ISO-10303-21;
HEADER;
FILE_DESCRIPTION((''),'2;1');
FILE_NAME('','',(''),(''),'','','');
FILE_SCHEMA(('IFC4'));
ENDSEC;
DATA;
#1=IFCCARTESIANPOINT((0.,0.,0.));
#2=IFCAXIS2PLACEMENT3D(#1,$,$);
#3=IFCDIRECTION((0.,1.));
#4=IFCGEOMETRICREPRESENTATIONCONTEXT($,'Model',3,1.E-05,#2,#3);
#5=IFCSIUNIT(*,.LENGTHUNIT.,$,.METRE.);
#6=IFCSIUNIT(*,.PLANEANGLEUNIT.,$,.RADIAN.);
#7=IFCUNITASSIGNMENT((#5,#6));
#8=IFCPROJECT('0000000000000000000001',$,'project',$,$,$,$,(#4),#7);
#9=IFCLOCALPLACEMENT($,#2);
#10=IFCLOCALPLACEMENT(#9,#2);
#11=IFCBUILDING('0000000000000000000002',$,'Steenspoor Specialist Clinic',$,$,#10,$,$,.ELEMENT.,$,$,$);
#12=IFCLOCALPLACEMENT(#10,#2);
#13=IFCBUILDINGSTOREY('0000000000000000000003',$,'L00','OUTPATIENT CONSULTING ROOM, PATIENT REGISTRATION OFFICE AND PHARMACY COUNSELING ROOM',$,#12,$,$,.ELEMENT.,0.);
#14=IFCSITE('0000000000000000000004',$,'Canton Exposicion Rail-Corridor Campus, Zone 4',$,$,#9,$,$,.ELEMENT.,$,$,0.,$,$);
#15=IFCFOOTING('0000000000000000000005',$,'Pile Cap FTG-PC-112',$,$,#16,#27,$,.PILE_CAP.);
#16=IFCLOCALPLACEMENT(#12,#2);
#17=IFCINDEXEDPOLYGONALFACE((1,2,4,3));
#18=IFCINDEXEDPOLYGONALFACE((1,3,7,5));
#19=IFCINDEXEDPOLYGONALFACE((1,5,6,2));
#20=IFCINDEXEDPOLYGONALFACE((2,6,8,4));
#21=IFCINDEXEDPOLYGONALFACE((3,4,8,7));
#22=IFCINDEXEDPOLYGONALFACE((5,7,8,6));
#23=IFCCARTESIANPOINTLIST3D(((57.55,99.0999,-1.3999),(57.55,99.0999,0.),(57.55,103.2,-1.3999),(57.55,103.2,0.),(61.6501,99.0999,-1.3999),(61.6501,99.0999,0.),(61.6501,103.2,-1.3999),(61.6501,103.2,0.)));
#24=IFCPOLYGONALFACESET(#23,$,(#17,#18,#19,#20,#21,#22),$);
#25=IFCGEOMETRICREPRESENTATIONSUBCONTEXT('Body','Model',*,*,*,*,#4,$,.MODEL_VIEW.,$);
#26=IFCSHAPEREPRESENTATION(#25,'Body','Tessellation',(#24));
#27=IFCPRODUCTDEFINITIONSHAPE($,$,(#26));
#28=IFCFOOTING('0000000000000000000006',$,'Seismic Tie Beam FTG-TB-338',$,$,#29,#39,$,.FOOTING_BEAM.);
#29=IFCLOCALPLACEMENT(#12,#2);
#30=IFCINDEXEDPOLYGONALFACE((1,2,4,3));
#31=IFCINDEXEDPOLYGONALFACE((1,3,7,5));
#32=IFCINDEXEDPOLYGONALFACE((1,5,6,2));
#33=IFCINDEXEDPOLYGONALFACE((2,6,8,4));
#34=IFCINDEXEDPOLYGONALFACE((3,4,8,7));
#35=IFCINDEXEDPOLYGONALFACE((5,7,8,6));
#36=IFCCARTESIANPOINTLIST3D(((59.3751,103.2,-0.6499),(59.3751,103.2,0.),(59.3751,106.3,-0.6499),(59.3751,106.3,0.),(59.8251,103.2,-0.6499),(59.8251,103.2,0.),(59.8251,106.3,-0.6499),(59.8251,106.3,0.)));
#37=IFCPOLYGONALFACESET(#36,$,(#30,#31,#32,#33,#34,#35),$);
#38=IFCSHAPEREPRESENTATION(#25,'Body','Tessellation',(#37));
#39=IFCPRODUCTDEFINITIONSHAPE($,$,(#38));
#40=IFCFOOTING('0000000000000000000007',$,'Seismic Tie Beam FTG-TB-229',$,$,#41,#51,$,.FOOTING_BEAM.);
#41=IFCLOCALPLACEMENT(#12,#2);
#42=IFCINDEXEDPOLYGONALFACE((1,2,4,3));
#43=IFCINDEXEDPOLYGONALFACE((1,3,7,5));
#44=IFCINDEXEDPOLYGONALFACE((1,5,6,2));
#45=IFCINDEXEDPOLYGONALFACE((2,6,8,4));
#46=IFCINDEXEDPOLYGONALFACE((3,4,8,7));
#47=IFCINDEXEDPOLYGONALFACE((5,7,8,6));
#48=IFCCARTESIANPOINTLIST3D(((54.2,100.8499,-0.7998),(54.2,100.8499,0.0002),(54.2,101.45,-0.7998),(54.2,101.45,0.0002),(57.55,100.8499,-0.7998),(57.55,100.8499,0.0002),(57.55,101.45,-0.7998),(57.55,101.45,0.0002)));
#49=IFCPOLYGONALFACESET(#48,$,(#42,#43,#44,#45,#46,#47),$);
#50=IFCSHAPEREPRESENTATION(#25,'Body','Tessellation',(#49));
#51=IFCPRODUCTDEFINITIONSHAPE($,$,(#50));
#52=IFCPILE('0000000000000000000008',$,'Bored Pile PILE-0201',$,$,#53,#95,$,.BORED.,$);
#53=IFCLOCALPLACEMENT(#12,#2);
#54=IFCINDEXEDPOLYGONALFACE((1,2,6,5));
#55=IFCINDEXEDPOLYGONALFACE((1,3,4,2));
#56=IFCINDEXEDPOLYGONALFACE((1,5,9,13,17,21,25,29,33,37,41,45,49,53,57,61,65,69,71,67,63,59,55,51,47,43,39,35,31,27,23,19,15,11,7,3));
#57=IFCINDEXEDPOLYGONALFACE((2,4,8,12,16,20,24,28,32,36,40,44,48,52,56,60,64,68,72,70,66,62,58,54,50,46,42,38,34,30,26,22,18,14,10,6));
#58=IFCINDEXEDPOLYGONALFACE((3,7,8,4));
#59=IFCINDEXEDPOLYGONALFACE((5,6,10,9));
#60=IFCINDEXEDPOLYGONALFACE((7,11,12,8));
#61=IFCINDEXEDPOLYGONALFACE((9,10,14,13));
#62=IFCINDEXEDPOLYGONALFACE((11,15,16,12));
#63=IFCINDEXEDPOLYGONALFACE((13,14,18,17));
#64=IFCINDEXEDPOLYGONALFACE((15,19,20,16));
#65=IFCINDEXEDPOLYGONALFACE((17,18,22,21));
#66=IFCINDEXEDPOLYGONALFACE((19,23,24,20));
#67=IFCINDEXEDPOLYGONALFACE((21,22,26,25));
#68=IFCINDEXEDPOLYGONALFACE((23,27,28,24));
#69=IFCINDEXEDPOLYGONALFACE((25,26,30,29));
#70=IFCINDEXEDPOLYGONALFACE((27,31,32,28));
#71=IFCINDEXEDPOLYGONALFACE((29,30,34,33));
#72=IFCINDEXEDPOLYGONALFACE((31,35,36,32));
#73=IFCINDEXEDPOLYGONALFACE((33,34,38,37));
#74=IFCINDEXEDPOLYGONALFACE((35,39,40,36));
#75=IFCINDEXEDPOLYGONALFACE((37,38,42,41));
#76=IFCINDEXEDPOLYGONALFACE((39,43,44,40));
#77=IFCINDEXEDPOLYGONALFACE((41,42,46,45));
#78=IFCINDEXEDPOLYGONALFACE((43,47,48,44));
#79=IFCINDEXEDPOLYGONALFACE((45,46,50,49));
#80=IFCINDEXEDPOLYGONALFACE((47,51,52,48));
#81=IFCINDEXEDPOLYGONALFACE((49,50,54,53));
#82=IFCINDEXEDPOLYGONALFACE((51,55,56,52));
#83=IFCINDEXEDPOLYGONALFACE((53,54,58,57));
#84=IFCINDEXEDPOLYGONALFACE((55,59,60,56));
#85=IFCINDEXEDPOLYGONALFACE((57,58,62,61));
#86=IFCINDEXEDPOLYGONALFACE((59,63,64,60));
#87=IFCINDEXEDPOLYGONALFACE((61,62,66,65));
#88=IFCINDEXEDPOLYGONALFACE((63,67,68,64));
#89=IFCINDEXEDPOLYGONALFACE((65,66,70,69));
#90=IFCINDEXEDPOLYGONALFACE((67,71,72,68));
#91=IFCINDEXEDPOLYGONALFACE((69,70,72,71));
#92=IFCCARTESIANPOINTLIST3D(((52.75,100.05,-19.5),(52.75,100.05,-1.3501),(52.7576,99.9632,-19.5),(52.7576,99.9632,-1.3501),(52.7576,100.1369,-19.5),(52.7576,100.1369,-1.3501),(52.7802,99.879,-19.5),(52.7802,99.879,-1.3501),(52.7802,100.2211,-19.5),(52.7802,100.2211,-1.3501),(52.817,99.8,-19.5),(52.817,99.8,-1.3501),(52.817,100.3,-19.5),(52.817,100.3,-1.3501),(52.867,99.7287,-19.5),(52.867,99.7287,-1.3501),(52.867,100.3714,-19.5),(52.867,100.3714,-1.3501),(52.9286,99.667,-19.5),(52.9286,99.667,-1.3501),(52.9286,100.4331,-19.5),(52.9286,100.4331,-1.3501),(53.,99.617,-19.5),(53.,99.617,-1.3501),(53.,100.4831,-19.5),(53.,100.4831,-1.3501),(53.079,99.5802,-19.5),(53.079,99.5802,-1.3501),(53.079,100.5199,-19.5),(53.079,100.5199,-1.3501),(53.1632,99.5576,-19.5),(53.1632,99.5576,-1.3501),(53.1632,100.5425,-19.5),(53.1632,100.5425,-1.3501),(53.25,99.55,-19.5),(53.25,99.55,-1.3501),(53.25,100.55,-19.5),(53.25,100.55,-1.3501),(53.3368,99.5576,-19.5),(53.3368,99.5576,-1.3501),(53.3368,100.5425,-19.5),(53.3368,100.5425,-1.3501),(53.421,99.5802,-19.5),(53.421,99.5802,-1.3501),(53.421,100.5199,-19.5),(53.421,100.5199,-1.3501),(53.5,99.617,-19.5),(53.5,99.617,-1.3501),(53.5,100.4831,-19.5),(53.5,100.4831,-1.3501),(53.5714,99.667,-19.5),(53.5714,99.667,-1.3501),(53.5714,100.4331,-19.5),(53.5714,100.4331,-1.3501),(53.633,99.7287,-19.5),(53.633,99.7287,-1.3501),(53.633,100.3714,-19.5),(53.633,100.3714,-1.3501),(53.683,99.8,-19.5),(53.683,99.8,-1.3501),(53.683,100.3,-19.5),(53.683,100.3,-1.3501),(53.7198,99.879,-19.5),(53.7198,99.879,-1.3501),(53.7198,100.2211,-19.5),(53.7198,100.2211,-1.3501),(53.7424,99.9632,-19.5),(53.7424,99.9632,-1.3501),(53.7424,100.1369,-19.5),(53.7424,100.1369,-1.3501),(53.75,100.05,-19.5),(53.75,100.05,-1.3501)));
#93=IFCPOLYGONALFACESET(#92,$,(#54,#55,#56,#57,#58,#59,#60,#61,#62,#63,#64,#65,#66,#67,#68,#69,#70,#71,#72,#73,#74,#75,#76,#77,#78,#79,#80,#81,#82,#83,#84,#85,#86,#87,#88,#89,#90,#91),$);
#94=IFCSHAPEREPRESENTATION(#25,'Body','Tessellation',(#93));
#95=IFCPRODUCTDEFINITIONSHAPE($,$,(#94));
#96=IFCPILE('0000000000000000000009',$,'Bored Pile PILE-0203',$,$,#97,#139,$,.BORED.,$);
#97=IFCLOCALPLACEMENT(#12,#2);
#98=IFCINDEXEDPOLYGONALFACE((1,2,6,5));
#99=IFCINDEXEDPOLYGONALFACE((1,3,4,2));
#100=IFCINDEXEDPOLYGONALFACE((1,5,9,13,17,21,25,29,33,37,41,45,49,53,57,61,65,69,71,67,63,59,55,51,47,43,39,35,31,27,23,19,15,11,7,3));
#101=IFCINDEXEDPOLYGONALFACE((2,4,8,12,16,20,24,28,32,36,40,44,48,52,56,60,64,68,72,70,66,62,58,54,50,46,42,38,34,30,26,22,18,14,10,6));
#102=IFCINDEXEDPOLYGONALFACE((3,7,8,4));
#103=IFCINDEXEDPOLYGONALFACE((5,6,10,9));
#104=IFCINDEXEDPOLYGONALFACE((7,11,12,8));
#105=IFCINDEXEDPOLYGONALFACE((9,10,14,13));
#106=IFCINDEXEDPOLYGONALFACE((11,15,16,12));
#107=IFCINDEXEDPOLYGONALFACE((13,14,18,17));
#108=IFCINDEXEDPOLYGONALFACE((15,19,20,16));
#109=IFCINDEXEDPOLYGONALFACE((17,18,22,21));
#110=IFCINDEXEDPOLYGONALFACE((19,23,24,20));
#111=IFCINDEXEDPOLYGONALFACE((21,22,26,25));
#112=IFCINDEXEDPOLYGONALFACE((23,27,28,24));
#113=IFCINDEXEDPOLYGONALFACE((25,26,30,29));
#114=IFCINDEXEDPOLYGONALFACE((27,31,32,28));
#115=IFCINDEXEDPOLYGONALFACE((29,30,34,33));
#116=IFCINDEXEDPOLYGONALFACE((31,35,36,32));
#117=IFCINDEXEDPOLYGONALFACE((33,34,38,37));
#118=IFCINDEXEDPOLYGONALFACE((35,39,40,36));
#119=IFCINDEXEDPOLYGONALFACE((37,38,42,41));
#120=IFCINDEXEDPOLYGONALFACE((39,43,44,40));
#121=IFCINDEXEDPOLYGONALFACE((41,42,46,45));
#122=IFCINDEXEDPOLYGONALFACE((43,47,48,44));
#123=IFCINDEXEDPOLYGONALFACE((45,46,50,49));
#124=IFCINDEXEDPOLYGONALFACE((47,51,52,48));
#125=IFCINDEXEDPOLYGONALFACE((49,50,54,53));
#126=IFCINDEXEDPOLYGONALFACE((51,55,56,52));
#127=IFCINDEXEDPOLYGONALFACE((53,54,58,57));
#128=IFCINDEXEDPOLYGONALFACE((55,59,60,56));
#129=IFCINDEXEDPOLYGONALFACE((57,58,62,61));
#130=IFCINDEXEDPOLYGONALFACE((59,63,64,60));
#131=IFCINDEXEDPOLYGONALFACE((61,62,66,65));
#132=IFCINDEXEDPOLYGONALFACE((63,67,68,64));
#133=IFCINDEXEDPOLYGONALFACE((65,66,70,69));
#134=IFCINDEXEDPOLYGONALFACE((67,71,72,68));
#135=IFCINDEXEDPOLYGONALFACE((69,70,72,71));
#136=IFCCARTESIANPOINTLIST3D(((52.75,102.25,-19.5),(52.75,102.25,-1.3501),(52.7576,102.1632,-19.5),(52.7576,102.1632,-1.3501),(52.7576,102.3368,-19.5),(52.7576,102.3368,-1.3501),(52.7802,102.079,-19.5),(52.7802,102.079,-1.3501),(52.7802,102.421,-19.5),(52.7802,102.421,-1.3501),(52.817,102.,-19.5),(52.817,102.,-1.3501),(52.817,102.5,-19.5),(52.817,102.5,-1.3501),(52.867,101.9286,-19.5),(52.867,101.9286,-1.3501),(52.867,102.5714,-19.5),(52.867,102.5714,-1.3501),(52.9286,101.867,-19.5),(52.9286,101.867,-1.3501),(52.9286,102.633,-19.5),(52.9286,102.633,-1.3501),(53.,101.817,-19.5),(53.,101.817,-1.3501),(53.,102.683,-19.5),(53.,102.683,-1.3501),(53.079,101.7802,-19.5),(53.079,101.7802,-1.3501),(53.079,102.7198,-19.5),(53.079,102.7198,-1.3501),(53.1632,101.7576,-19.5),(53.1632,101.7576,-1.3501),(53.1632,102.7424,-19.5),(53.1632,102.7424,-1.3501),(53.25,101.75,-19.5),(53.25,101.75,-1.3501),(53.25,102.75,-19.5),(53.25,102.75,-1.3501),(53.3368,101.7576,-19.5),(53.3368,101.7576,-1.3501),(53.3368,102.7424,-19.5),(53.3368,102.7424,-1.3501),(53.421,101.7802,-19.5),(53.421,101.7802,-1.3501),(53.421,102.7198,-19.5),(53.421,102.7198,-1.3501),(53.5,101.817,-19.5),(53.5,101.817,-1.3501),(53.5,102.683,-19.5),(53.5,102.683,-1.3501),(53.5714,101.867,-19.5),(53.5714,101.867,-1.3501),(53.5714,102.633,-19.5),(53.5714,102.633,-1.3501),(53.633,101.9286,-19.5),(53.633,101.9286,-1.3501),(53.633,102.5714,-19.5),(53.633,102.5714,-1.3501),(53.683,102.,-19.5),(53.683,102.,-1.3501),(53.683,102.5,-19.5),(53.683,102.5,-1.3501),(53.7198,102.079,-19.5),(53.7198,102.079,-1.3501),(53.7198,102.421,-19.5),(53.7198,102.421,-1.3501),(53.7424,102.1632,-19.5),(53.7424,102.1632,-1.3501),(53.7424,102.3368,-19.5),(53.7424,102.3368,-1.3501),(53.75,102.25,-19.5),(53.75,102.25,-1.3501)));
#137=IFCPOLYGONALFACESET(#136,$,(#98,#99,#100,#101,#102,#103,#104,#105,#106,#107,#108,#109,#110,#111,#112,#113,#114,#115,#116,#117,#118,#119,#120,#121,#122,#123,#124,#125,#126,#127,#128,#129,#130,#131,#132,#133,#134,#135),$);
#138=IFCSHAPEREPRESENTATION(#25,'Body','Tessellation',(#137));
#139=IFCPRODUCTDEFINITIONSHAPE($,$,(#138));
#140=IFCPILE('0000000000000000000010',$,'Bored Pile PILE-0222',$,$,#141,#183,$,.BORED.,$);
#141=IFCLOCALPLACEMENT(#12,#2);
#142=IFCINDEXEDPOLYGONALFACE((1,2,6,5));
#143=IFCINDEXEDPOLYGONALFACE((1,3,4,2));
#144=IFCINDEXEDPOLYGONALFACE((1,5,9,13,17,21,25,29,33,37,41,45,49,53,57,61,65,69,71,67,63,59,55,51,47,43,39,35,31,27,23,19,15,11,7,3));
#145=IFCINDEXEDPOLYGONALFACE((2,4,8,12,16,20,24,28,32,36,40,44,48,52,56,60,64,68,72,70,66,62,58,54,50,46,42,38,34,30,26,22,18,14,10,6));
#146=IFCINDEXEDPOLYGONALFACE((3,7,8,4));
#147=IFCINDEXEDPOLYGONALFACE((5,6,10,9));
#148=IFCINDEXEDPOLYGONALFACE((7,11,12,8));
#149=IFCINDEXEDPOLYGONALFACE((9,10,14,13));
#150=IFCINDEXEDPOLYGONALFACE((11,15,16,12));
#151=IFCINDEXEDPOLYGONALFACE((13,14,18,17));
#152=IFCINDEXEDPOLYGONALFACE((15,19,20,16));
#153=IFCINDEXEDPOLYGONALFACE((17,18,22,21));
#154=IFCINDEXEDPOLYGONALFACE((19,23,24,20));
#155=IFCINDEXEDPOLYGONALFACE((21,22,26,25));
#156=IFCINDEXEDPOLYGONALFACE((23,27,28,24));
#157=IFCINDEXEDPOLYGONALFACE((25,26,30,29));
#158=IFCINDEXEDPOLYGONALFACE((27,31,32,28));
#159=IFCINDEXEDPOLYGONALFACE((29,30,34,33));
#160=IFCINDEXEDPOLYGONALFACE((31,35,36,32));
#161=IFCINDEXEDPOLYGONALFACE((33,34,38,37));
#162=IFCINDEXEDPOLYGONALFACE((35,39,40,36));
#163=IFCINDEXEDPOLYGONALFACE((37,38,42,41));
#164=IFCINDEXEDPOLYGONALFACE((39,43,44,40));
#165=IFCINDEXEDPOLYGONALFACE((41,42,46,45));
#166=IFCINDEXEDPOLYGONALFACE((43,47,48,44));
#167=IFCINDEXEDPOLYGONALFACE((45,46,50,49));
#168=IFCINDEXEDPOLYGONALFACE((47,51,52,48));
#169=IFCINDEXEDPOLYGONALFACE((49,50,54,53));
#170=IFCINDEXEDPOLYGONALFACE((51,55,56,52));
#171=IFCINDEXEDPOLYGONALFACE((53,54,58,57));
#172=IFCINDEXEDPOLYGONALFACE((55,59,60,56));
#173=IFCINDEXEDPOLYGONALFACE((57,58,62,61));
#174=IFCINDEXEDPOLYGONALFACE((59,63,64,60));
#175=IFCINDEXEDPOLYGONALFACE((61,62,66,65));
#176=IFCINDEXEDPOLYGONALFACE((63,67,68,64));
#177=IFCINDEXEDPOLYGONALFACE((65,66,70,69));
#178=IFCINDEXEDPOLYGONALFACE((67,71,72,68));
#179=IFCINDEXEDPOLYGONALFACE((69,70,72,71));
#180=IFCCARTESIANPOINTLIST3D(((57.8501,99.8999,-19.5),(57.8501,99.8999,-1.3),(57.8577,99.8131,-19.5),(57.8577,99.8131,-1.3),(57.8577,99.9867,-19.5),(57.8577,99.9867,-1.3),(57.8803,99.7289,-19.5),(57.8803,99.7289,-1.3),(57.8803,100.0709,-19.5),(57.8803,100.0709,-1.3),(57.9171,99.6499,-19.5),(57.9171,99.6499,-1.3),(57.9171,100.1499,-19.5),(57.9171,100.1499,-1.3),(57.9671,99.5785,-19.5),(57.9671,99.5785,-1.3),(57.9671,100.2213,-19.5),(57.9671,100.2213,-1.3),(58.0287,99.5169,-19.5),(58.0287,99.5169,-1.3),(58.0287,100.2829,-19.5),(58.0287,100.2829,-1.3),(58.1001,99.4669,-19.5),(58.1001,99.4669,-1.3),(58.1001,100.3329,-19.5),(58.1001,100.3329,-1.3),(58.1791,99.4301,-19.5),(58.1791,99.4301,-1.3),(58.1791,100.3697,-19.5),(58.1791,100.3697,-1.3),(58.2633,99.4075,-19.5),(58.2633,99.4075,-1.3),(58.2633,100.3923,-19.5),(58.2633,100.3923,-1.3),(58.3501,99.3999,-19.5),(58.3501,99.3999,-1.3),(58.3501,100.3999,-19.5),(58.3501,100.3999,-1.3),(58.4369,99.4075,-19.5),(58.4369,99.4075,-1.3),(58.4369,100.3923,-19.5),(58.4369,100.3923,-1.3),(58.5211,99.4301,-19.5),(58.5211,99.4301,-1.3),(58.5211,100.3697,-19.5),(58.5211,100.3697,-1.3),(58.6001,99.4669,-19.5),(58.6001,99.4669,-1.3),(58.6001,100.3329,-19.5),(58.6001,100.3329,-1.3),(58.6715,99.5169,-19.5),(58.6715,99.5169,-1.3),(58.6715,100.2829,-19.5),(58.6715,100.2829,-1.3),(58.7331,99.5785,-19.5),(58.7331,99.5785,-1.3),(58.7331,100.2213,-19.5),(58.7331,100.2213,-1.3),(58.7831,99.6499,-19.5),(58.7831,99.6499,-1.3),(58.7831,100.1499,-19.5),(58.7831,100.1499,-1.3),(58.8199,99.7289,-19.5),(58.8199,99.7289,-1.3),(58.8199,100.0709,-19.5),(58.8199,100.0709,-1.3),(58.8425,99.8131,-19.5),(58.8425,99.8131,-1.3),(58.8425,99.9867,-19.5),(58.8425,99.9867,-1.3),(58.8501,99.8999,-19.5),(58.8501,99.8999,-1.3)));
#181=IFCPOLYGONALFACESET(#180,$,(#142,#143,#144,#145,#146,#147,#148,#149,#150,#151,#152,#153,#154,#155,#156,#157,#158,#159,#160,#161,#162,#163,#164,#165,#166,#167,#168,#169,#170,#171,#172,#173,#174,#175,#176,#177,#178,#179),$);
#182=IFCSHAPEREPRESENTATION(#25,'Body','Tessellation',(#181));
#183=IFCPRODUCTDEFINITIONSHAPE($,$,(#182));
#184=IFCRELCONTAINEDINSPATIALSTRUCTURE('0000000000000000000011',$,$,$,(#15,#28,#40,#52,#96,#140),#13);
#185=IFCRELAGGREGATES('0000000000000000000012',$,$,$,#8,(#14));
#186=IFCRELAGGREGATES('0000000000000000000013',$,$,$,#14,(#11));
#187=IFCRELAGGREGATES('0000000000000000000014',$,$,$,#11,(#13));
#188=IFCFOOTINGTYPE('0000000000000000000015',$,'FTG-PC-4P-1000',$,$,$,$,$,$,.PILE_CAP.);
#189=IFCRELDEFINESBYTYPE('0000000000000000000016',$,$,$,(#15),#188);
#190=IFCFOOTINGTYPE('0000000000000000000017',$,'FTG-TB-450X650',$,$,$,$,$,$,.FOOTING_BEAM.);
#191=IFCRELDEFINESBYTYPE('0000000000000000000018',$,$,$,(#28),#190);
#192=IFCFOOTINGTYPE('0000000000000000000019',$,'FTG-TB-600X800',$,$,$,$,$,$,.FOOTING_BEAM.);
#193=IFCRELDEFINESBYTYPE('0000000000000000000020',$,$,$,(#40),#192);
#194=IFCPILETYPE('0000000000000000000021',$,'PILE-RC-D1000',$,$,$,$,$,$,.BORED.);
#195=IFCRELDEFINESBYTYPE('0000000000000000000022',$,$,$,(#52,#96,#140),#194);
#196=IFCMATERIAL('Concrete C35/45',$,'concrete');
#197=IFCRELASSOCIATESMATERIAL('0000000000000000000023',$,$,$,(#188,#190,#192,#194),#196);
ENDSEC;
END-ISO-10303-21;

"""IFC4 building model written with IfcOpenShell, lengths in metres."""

from ifc_helpers import new_model, si_unit, direction, frame, origin, origin_2d, place, context, subcontext, project, spatial, rectangle, circle, extrude, material, material_profile, profile_set, type_object, element, save


model = new_model("IFC4")

# Units and contexts
model_context = context("Model", 3, precision=1e-05, world=origin(), true_north=direction((0.0, 1.0)))
body_context = subcontext(model_context, "Body", "Model", "MODEL_VIEW")
ifc_project = project(units=[si_unit("LENGTHUNIT", "METRE"), si_unit("PLANEANGLEUNIT", "RADIAN")], contexts=[model_context])

# Site, building, storey
site_placement = place(None, origin())
site = spatial("IfcSite", under=ifc_project, at=site_placement, Name="Canton Exposicion Rail-Corridor Campus, Zone 4", CompositionType="ELEMENT", RefElevation=0.0)
building_placement = place(site_placement, origin())
building = spatial("IfcBuilding", under=site, at=building_placement, Name="Steenspoor Specialist Clinic", CompositionType="ELEMENT")
storey_placement = place(building_placement, origin())
storey = spatial("IfcBuildingStorey", under=building, at=storey_placement, Name="L00", Description="OUTPATIENT CONSULTING ROOM, PATIENT REGISTRATION OFFICE AND PHARMACY COUNSELING ROOM", CompositionType="ELEMENT", Elevation=0.0)

# Footings
ifc_material_1 = material(Name="Concrete C35/45", Category="concrete")
footing_type_1 = type_object("IfcFootingType", Name="FTG-PC-4P-1000", PredefinedType="PILE_CAP", material=ifc_material_1)
footing_1_placement = place(storey_placement, frame((59.6001, 101.1499, -1.3999), z_axis=(0.0, 0.0, 1.0), x_axis=(1.0, 0.0, 0.0)))
element("IfcFooting", 1, at=footing_1_placement, inside=storey, type_object=footing_type_1, Name="Pile Cap FTG-PC-112", PredefinedType="PILE_CAP", context=body_context, shape_type="SweptSolid", body=[
    extrude(rectangle(XDim=4.1001, YDim=4.1001, at=origin_2d()), origin(), (0.0, 0.0, 1.0), 1.3999),
])
footing_type_2 = type_object("IfcFootingType", Name="FTG-TB-450X650", PredefinedType="FOOTING_BEAM", material=ifc_material_1)
footing_2_placement = place(storey_placement, frame((59.6001, 104.75, -0.6499), z_axis=(0.0, 0.0, 1.0), x_axis=(1.0, 0.0, 0.0)))
element("IfcFooting", 2, at=footing_2_placement, inside=storey, type_object=footing_type_2, Name="Seismic Tie Beam FTG-TB-338", PredefinedType="FOOTING_BEAM", context=body_context, shape_type="SweptSolid", body=[
    extrude(rectangle(XDim=0.45, YDim=3.1001, at=origin_2d()), origin(), (0.0, 0.0, 1.0), 0.6499),
])
footing_type_3 = type_object("IfcFootingType", Name="FTG-TB-600X800", PredefinedType="FOOTING_BEAM", material=ifc_material_1)
footing_3_placement = place(storey_placement, frame((55.875, 101.1499, -0.7998), z_axis=(0.0, 0.0, 1.0), x_axis=(1.0, 0.0, 0.0)))
element("IfcFooting", 3, at=footing_3_placement, inside=storey, type_object=footing_type_3, Name="Seismic Tie Beam FTG-TB-229", PredefinedType="FOOTING_BEAM", context=body_context, shape_type="SweptSolid", body=[
    extrude(rectangle(XDim=3.3501, YDim=0.6001, at=origin_2d()), origin(), (0.0, 0.0, 1.0), 0.8),
])

# Piles
ifc_material_profile_1 = material_profile(ifc_material_1, circle(Radius=0.5, at=origin_2d()), Name="PILE-D1000")
ifc_profile_set_1 = profile_set([ifc_material_profile_1], Name="Concrete C35/45")
pile_type = type_object("IfcPileType", Name="PILE-RC-D1000", PredefinedType="BORED", material=ifc_profile_set_1)
for number, where, z_axis, x_axis, name in (
    (4, (53.25, 100.05, -1.3501), (0.0, 0.0, -1.0), (1.0, 0.0, 0.0), "Bored Pile PILE-0201"),
    (5, (53.25, 102.25, -1.3501), (0.0, 0.0, -1.0), (1.0, 0.0, 0.0), "Bored Pile PILE-0203"),
):
    element("IfcPile", number, at=place(storey_placement, frame(where, z_axis=z_axis, x_axis=x_axis)), inside=storey, type_object=pile_type, Name=name, PredefinedType="BORED", context=body_context, shape_type="SweptSolid", body=[
        extrude(circle(Radius=0.5, at=origin_2d()), origin(), (0.0, 0.0, 1.0), 18.1499),
    ])
for number, where, z_axis, x_axis, name in (
    (6, (58.3501, 99.8999, -1.3), (0.0, 0.0, -1.0), (1.0, 0.0, 0.0), "Bored Pile PILE-0222"),
):
    element("IfcPile", number, at=place(storey_placement, frame(where, z_axis=z_axis, x_axis=x_axis)), inside=storey, type_object=pile_type, Name=name, PredefinedType="BORED", context=body_context, shape_type="SweptSolid", body=[
        extrude(circle(Radius=0.5, at=origin_2d()), origin(), (0.0, 0.0, 1.0), 18.2),
    ])

save(model, "model.ifc")
